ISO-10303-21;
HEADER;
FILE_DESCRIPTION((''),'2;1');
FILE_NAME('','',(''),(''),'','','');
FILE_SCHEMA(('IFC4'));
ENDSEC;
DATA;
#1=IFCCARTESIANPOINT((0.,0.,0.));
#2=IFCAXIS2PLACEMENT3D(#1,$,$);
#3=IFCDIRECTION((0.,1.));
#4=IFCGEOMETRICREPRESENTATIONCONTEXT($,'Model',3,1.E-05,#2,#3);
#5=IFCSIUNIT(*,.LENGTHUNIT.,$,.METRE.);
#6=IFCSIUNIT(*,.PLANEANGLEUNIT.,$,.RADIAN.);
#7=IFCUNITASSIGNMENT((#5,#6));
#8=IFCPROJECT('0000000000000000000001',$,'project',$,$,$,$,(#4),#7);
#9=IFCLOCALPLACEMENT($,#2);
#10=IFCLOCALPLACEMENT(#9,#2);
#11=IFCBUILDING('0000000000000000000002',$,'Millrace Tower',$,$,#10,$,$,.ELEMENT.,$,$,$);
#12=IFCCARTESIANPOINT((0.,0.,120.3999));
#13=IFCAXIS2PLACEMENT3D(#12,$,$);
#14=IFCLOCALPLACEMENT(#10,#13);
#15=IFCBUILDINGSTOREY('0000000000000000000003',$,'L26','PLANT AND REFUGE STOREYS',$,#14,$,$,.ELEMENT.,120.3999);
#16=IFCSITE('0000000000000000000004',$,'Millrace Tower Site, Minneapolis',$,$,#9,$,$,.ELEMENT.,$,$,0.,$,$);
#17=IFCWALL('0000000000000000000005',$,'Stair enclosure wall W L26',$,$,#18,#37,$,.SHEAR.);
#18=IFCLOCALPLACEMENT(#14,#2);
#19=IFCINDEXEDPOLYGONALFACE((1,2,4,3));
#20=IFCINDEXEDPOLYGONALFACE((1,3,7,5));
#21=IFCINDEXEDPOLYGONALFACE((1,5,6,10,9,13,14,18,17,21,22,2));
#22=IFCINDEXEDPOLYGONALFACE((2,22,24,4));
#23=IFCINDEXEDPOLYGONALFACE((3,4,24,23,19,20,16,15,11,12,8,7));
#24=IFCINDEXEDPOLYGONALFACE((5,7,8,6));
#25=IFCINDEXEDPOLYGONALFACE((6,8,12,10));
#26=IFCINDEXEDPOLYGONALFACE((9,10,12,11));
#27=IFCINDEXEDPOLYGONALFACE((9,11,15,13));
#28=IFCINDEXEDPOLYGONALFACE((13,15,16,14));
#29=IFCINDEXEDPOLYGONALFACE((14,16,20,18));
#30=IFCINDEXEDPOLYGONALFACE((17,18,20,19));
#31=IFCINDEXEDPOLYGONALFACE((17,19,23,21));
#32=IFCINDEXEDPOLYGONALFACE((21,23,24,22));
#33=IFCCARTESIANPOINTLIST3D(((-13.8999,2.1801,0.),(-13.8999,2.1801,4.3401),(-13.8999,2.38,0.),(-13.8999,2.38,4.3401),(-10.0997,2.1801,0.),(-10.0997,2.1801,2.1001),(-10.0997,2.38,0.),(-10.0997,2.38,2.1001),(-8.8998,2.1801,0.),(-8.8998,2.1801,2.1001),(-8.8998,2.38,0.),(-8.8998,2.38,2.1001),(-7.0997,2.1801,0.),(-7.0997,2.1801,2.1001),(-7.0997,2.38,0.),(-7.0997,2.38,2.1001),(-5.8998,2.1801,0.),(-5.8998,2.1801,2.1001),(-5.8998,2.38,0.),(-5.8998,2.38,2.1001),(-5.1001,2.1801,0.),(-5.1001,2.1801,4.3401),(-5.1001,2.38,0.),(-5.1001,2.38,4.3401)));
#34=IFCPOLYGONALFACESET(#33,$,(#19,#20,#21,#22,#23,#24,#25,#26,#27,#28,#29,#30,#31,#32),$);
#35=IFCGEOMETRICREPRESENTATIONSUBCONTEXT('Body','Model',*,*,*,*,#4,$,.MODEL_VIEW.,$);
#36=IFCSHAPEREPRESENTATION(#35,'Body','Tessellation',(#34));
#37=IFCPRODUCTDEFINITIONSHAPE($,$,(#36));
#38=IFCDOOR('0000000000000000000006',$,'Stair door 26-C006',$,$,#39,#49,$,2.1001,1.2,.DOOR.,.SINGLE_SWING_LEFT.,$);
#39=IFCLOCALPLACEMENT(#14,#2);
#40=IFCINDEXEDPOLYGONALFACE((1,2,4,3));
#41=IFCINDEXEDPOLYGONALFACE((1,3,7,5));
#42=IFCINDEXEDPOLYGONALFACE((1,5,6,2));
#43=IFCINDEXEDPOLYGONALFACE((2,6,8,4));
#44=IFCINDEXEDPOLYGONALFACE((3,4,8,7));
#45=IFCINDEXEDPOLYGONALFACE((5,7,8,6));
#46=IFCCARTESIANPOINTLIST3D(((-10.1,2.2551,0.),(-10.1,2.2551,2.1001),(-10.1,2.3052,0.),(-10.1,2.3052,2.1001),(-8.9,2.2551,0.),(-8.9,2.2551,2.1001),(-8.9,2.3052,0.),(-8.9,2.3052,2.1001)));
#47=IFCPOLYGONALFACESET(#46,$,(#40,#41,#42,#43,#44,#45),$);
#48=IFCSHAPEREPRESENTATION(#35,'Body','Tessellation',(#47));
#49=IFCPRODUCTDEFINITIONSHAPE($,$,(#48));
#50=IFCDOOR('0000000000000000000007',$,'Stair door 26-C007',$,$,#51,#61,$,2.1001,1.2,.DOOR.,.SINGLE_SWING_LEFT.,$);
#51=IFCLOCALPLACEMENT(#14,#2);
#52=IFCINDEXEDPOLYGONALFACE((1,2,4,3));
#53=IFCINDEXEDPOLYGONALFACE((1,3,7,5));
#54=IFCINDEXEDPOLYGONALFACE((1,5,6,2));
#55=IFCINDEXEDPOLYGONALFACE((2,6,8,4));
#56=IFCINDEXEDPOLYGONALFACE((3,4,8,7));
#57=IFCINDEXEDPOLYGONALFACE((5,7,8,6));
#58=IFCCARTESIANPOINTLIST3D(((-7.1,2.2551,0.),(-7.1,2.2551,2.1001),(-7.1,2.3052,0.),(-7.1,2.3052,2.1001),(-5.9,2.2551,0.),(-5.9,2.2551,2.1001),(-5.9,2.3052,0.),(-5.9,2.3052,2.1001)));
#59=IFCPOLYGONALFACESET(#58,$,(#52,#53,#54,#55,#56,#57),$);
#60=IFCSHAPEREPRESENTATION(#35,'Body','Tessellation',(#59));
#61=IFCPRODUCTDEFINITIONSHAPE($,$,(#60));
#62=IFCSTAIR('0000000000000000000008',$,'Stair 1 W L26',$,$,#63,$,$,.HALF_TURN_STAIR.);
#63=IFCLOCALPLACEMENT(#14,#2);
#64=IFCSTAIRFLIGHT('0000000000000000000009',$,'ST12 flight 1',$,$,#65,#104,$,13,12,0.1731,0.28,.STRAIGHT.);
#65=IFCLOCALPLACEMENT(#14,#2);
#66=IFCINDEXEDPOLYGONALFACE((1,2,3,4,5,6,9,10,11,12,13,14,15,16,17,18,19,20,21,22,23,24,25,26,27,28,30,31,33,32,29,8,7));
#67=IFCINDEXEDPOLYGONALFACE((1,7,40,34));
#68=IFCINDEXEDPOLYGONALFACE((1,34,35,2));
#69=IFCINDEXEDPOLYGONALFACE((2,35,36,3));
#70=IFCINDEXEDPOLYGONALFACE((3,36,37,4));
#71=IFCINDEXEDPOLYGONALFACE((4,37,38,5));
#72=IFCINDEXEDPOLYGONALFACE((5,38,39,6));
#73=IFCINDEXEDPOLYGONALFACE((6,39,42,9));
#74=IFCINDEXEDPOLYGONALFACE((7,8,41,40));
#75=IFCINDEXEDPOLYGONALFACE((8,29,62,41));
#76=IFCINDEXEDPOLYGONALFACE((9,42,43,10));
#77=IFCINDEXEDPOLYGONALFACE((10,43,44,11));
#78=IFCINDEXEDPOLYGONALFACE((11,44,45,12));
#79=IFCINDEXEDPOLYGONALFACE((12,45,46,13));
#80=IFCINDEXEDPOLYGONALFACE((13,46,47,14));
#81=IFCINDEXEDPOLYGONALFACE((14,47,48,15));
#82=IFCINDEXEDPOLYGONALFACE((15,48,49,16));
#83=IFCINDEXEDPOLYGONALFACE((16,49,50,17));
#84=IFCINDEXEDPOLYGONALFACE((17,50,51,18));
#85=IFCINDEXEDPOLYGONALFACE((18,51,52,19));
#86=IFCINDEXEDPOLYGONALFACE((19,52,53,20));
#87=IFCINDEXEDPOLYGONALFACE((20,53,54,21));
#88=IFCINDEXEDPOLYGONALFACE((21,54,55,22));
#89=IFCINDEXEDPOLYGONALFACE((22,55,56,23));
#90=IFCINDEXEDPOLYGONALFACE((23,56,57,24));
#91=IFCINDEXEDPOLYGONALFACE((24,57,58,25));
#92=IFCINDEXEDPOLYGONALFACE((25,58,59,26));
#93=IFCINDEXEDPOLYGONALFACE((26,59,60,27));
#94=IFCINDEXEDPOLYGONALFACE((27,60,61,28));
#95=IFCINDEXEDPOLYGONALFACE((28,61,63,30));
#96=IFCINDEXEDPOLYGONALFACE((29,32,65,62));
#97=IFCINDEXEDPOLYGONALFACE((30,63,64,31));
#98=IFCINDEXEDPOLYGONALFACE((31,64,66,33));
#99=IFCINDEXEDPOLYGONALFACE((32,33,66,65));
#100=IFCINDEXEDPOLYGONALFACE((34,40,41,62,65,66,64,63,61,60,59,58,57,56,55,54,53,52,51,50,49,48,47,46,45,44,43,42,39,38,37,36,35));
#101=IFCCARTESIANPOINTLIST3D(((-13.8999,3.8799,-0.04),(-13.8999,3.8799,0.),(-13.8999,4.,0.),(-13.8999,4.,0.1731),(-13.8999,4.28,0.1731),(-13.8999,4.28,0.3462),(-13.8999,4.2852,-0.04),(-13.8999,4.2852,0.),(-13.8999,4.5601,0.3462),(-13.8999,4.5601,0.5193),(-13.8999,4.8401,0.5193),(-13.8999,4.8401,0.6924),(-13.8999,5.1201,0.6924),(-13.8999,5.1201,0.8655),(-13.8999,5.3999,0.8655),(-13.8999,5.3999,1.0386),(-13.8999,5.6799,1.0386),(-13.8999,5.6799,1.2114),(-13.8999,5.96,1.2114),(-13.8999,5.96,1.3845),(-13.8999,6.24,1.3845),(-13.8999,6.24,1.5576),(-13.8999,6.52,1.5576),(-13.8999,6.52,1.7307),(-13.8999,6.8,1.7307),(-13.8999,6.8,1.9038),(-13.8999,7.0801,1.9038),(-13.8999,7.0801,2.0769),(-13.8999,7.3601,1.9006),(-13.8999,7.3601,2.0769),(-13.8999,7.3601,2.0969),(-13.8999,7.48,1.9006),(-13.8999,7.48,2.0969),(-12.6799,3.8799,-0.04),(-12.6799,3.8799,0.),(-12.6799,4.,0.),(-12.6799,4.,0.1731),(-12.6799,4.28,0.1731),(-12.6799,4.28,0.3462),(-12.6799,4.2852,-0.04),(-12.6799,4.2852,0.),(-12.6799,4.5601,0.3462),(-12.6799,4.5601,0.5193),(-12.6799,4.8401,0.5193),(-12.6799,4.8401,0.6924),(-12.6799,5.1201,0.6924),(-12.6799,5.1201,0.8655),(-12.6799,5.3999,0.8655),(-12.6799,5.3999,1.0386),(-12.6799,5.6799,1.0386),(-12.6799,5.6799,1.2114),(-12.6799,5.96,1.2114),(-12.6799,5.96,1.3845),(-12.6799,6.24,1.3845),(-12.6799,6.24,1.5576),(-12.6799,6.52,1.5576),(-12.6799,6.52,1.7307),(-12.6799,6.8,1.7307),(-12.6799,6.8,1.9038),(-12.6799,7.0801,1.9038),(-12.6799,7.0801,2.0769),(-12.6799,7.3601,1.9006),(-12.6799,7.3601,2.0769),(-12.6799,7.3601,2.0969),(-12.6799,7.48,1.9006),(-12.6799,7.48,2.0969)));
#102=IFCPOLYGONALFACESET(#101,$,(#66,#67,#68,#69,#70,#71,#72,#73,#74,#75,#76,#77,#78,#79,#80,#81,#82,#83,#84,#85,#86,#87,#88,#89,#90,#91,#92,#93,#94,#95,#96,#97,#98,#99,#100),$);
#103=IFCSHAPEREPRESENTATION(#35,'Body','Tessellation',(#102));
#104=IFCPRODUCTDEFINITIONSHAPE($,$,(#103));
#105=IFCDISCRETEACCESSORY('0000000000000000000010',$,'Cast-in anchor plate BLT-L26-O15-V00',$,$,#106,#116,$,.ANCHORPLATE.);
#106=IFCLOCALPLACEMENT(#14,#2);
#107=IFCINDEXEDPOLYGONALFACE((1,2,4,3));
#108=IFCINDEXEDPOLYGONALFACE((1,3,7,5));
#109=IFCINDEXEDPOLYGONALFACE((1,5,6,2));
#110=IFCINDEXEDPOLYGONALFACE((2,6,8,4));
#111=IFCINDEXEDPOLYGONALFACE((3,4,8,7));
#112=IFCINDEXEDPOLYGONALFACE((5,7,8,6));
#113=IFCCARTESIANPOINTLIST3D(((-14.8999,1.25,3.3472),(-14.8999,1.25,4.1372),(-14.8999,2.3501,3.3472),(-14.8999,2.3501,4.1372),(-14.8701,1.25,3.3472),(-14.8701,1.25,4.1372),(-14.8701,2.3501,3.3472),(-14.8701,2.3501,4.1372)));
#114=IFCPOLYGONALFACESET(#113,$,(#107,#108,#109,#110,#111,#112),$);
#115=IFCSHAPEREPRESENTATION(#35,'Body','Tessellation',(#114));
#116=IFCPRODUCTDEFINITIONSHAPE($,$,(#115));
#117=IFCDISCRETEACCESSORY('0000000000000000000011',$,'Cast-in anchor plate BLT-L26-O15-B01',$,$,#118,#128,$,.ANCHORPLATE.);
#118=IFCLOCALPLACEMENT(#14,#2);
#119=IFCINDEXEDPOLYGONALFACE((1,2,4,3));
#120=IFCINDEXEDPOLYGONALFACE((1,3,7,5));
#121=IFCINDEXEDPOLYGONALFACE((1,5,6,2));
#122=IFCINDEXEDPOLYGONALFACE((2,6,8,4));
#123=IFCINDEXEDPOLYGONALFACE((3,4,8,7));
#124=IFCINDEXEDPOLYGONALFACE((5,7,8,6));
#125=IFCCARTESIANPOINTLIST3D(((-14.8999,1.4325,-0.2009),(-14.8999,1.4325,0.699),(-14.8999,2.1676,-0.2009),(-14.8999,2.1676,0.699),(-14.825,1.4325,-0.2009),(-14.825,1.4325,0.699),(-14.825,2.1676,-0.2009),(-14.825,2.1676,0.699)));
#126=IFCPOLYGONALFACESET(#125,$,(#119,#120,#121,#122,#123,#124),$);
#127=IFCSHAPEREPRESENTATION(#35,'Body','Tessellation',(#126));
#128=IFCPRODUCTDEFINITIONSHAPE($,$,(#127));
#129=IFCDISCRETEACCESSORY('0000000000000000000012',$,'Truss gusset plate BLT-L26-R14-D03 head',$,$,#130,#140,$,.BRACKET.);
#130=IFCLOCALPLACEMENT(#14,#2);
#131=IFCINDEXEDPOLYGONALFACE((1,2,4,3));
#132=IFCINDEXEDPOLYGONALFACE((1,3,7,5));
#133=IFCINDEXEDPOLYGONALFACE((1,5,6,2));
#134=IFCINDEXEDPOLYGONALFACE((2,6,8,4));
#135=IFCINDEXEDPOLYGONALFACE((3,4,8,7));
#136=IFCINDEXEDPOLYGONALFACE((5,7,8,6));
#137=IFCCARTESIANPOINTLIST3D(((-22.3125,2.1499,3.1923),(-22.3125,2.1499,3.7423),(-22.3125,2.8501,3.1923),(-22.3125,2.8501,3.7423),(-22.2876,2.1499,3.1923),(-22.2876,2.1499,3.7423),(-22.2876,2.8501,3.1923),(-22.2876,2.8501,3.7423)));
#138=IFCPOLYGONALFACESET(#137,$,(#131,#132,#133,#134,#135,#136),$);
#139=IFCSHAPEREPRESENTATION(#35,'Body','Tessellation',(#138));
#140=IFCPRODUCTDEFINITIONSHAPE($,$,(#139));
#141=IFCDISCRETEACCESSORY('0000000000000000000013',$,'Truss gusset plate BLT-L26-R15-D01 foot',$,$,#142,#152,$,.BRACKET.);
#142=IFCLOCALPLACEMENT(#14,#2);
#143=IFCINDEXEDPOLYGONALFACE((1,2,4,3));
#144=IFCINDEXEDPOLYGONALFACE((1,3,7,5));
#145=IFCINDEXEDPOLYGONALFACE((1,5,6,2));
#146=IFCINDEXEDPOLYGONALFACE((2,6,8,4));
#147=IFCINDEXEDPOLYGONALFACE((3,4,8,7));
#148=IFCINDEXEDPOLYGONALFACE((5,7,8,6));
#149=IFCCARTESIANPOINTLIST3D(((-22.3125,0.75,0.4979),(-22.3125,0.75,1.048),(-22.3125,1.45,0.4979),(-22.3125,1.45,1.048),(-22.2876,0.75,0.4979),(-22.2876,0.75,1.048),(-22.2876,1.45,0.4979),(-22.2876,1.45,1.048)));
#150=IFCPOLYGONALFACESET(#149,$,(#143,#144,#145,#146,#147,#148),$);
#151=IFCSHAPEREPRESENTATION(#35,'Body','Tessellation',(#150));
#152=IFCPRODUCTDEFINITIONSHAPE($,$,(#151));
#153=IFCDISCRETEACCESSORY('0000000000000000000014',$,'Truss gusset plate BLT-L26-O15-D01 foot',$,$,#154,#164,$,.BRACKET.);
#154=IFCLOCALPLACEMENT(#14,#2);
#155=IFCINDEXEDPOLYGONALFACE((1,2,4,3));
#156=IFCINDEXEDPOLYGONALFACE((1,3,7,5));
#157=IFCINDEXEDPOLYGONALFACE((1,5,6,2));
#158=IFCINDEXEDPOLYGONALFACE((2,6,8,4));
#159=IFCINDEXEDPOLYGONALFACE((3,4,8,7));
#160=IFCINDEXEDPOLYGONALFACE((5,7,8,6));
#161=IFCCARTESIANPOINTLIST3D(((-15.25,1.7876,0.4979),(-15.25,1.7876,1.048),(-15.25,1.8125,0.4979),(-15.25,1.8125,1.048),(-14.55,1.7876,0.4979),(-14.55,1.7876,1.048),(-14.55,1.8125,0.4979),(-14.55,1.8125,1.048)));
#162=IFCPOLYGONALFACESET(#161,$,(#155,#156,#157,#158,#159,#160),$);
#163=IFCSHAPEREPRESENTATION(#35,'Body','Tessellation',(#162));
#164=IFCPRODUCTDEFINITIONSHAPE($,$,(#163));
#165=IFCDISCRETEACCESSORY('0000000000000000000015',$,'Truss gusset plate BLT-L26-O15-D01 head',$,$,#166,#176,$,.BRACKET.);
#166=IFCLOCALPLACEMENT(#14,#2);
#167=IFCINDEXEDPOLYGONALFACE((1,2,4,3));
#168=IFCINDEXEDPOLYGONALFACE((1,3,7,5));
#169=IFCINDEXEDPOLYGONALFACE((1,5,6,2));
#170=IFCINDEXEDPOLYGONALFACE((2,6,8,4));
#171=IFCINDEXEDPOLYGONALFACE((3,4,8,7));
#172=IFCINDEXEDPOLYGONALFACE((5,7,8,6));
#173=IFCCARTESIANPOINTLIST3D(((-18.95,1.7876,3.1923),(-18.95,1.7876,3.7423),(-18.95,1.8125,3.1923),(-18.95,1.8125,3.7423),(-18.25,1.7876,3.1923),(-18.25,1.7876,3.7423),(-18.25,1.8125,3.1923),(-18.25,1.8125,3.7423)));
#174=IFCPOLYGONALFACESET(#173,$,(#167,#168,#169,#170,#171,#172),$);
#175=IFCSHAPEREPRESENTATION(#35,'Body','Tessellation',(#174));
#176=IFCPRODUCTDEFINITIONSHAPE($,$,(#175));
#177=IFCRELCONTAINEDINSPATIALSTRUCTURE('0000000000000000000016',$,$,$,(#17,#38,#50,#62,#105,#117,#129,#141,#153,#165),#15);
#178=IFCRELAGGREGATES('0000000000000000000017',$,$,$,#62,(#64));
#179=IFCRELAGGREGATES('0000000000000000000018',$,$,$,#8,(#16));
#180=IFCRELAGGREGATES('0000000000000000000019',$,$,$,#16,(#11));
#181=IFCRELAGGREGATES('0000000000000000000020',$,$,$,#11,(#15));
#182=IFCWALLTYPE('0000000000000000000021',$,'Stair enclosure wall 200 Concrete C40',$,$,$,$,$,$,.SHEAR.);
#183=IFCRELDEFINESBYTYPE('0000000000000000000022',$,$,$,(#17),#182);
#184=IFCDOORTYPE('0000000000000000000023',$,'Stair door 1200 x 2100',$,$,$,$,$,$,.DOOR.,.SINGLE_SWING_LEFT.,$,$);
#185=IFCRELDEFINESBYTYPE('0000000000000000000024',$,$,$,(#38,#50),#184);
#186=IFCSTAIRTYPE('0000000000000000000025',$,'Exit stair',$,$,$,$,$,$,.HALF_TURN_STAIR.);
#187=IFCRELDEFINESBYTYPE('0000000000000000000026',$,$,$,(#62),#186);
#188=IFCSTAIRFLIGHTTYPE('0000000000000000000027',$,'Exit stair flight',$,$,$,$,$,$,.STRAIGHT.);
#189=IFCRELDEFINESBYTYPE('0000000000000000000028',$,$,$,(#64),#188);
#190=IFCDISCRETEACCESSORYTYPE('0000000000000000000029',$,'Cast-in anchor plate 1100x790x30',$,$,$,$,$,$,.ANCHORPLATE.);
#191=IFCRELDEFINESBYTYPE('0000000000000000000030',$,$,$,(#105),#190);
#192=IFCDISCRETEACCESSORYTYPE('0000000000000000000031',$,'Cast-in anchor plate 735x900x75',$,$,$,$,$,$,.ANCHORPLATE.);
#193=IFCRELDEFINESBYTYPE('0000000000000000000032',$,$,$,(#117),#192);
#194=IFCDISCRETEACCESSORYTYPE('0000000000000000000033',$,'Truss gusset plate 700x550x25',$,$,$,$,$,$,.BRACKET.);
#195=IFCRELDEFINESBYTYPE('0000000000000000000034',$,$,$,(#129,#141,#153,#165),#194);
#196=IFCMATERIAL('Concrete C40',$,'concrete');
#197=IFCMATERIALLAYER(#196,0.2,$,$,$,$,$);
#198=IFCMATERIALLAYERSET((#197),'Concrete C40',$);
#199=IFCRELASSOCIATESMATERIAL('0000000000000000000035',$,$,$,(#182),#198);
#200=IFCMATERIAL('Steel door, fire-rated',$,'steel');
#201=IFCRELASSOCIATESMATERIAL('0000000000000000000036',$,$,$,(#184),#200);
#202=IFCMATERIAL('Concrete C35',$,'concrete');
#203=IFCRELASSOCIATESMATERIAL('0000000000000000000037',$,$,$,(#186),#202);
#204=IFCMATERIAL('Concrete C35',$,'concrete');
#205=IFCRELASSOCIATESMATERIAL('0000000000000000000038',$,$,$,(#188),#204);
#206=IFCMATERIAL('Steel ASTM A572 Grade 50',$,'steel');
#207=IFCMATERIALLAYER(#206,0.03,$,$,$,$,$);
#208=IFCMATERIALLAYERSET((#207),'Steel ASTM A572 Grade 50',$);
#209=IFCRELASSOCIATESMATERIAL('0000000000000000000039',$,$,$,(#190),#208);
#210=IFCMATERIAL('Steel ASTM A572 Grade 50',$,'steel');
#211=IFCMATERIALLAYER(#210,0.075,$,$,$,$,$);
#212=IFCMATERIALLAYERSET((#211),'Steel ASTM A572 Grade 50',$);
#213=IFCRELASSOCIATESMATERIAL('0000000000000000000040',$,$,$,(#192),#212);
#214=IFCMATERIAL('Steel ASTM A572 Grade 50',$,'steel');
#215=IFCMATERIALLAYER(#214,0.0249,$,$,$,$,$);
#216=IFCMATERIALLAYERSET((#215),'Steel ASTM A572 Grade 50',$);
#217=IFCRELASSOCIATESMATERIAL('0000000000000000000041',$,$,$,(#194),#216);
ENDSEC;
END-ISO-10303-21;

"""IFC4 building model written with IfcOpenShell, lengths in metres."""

from ifc_helpers import new_model, si_unit, direction, frame, frame_2d, origin, origin_2d, place, context, subcontext, project, spatial, polyline, rectangle, outline, extrude, material, layer, layer_set, type_object, element, fill, aggregate, save


model = new_model("IFC4")

# Units and contexts
model_context = context("Model", 3, precision=1e-05, world=origin(), true_north=direction((0.0, 1.0)))
body_context = subcontext(model_context, "Body", "Model", "MODEL_VIEW")
ifc_project = project(units=[si_unit("LENGTHUNIT", "METRE"), si_unit("PLANEANGLEUNIT", "RADIAN")], contexts=[model_context])

# Site, building, storey
site_placement = place(None, origin())
site = spatial("IfcSite", under=ifc_project, at=site_placement, Name="Millrace Tower Site, Minneapolis", CompositionType="ELEMENT", RefElevation=0.0)
building_placement = place(site_placement, origin())
building = spatial("IfcBuilding", under=site, at=building_placement, Name="Millrace Tower", CompositionType="ELEMENT")
storey_placement = place(building_placement, frame((0.0, 0.0, 120.3999)))
storey = spatial("IfcBuildingStorey", under=building, at=storey_placement, Name="L26", Description="PLANT AND REFUGE STOREYS", CompositionType="ELEMENT", Elevation=120.3999)

# Shared definitions
placement = place(storey_placement, origin())

# Shared definitions
ifc_material_1 = material(Name="Concrete C40", Category="concrete")
ifc_layer_1 = layer(ifc_material_1, 0.2)
ifc_layer_set_1 = layer_set([ifc_layer_1], Name="Concrete C40")
wall_type_1 = type_object("IfcWallType", Name="Stair enclosure wall 200 Concrete C40", PredefinedType="SHEAR", material=ifc_layer_set_1)

# Wall, openings, doors
wall_1_placement = place(storey_placement, frame((-13.8999, 2.28, 0.0), z_axis=(0.0, 0.0, 1.0), x_axis=(1.0, 0.0, 0.0)))
wall_1 = element("IfcWall", 1, at=wall_1_placement, inside=storey, type_object=wall_type_1, Name="Stair enclosure wall W L26", PredefinedType="SHEAR", context=body_context, shape_type="SweptSolid", body=[
    extrude(rectangle(XDim=8.7998, YDim=0.2, at=frame_2d((4.3999, 0.0))), origin(), (0.0, 0.0, 1.0), 4.3401),
])
opening_1_placement = place(wall_1_placement, frame((3.8, 0.0, 0.0)))
opening_1 = element("IfcOpeningElement", 2, at=opening_1_placement, cuts=wall_1, PredefinedType="OPENING", context=body_context, shape_type="SweptSolid", body=[
    extrude(rectangle(XDim=1.2, YDim=2.1001, at=frame_2d((0.6001, 1.05))), frame((0.0, 0.1099, 0.0), z_axis=(0.0, -1.0, 0.0), x_axis=(1.0, 0.0, 0.0)), (0.0, 0.0, 1.0), 0.22),
])
opening_2_placement = place(wall_1_placement, frame((6.8, 0.0, 0.0)))
opening_2 = element("IfcOpeningElement", 3, at=opening_2_placement, cuts=wall_1, PredefinedType="OPENING", context=body_context, shape_type="SweptSolid", body=[
    extrude(rectangle(XDim=1.2, YDim=2.1001, at=frame_2d((0.6001, 1.05))), frame((0.0, 0.1099, 0.0), z_axis=(0.0, -1.0, 0.0), x_axis=(1.0, 0.0, 0.0)), (0.0, 0.0, 1.0), 0.22),
])
ifc_material_2 = material(Name="Steel door, fire-rated", Category="steel")
door_type_1 = type_object("IfcDoorType", Name="Stair door 1200 x 2100", OperationType="SINGLE_SWING_LEFT", PredefinedType="DOOR", material=ifc_material_2)
door_1_placement = place(opening_1_placement, frame((1.2, 0.0, 0.0), z_axis=(0.0, 0.0, 1.0), x_axis=(-1.0, 0.0, 0.0)))
door_1 = element("IfcDoor", 4, at=door_1_placement, inside=storey, type_object=door_type_1, Name="Stair door 26-C006", OperationType="SINGLE_SWING_LEFT", OverallHeight=2.1001, OverallWidth=1.2, PredefinedType="DOOR", context=body_context, shape_type="SweptSolid", body=[
    extrude(rectangle(XDim=1.2, YDim=2.1001, at=frame_2d((0.6001, 1.05))), frame((0.0, 0.0249, 0.0), z_axis=(0.0, -1.0, 0.0), x_axis=(1.0, 0.0, 0.0)), (0.0, 0.0, 1.0), 0.05),
])
fill(opening_1, door_1)
door_2_placement = place(opening_2_placement, frame((1.2, 0.0, 0.0), z_axis=(0.0, 0.0, 1.0), x_axis=(-1.0, 0.0, 0.0)))
door_2 = element("IfcDoor", 5, at=door_2_placement, inside=storey, type_object=door_type_1, Name="Stair door 26-C007", OperationType="SINGLE_SWING_LEFT", OverallHeight=2.1001, OverallWidth=1.2, PredefinedType="DOOR", context=body_context, shape_type="SweptSolid", body=[
    extrude(rectangle(XDim=1.2, YDim=2.1001, at=frame_2d((0.6001, 1.05))), frame((0.0, 0.0249, 0.0), z_axis=(0.0, -1.0, 0.0), x_axis=(1.0, 0.0, 0.0)), (0.0, 0.0, 1.0), 0.05),
])
fill(opening_2, door_2)

# Stair, stair flight
ifc_material_3 = material(Name="Concrete C35", Category="concrete")
stair_type = type_object("IfcStairType", Name="Exit stair", PredefinedType="HALF_TURN_STAIR", material=ifc_material_3)
stair = element("IfcStair", 6, at=placement, inside=storey, type_object=stair_type, Name="Stair 1 W L26", PredefinedType="HALF_TURN_STAIR")
ifc_material_4 = material(Name="Concrete C35", Category="concrete")
stair_flight_type = type_object("IfcStairFlightType", Name="Exit stair flight", PredefinedType="STRAIGHT", material=ifc_material_4)
stair_flight_placement = place(storey_placement, frame((-13.29, 4.0, 0.0), z_axis=(0.0, 0.0, 1.0), x_axis=(0.0, 1.0, 0.0)))
stair_flight = element("IfcStairFlight", 7, at=stair_flight_placement, type_object=stair_flight_type, Name="ST12 flight 1", NumberOfRisers=13, NumberOfTreads=12, PredefinedType="STRAIGHT", RiserHeight=0.1731, TreadLength=0.28, context=body_context, shape_type="SweptSolid", body=[
    extrude(outline(polyline([(-0.1201, -0.04), (-0.1201, 0.0), (0.0, 0.0), (0.0, 0.1731), (0.28, 0.1731), (0.28, 0.3462), (0.5601, 0.3462), (0.5601, 0.5193), (0.8401, 0.5193), (0.8401, 0.6924), (1.1201, 0.6924), (1.1201, 0.8655), (1.3999, 0.8655), (1.3999, 1.0386), (1.6799, 1.0386), (1.6799, 1.2114), (1.96, 1.2114), (1.96, 1.3845), (2.24, 1.3845), (2.24, 1.5576), (2.52, 1.5576), (2.52, 1.7307), (2.8, 1.7307), (2.8, 1.9038), (3.0801, 1.9038), (3.0801, 2.0769), (3.3601, 2.0769), (3.3601, 2.0969), (3.48, 2.0969), (3.48, 1.9006), (3.3601, 1.9006), (0.2852, 0.0), (0.2852, -0.04), (-0.1201, -0.04)])), frame((0.0, 0.6099, 0.0), z_axis=(0.0, -1.0, 0.0), x_axis=(1.0, 0.0, 0.0)), (0.0, 0.0, 1.0), 1.22),
])
aggregate(stair, [stair_flight])

# Discrete accessories
ifc_material_5 = material(Name="Steel ASTM A572 Grade 50", Category="steel")
ifc_layer_2 = layer(ifc_material_5, 0.03)
ifc_layer_set_2 = layer_set([ifc_layer_2], Name="Steel ASTM A572 Grade 50")
discrete_accessory_type_1 = type_object("IfcDiscreteAccessoryType", Name="Cast-in anchor plate 1100x790x30", PredefinedType="ANCHORPLATE", material=ifc_layer_set_2)
discrete_accessory_1_placement = place(storey_placement, frame((-14.8701, 1.8, 3.7422), z_axis=(-1.0, 0.0, 0.0), x_axis=(0.0, -1.0, 0.0)))
element("IfcDiscreteAccessory", 8, at=discrete_accessory_1_placement, inside=storey, type_object=discrete_accessory_type_1, Name="Cast-in anchor plate BLT-L26-O15-V00", PredefinedType="ANCHORPLATE", context=body_context, shape_type="SweptSolid", body=[
    extrude(rectangle(XDim=1.1001, YDim=0.79, at=origin_2d()), origin(), (0.0, 0.0, 1.0), 0.0298),
])
ifc_material_6 = material(Name="Steel ASTM A572 Grade 50", Category="steel")
ifc_layer_3 = layer(ifc_material_6, 0.075)
ifc_layer_set_3 = layer_set([ifc_layer_3], Name="Steel ASTM A572 Grade 50")
discrete_accessory_type_2 = type_object("IfcDiscreteAccessoryType", Name="Cast-in anchor plate 735x900x75", PredefinedType="ANCHORPLATE", material=ifc_layer_set_3)
discrete_accessory_2_placement = place(storey_placement, frame((-14.825, 1.8, 0.249), z_axis=(-1.0, 0.0, 0.0), x_axis=(0.0, -1.0, 0.0)))
element("IfcDiscreteAccessory", 9, at=discrete_accessory_2_placement, inside=storey, type_object=discrete_accessory_type_2, Name="Cast-in anchor plate BLT-L26-O15-B01", PredefinedType="ANCHORPLATE", context=body_context, shape_type="SweptSolid", body=[
    extrude(rectangle(XDim=0.7351, YDim=0.8999, at=origin_2d()), origin(), (0.0, 0.0, 1.0), 0.075),
])
ifc_material_7 = material(Name="Steel ASTM A572 Grade 50", Category="steel")
ifc_layer_4 = layer(ifc_material_7, 0.0249)
ifc_layer_set_4 = layer_set([ifc_layer_4], Name="Steel ASTM A572 Grade 50")
discrete_accessory_type_3 = type_object("IfcDiscreteAccessoryType", Name="Truss gusset plate 700x550x25", PredefinedType="BRACKET", material=ifc_layer_set_4)
discrete_accessory_3_placement = place(storey_placement, frame((-22.3, 2.1499, 3.4673), z_axis=(0.0, 1.0, 0.0), x_axis=(-1.0, 0.0, 0.0)))
element("IfcDiscreteAccessory", 10, at=discrete_accessory_3_placement, inside=storey, type_object=discrete_accessory_type_3, Name="Truss gusset plate BLT-L26-R14-D03 head", PredefinedType="BRACKET", context=body_context, shape_type="SweptSolid", body=[
    extrude(rectangle(XDim=0.0249, YDim=0.55, at=origin_2d()), origin(), (0.0, 0.0, 1.0), 0.7002),
])
for number, where, z_axis, x_axis, name in (
    (11, (-22.3, 0.75, 0.7729), (0.0, 1.0, 0.0), (-1.0, 0.0, 0.0), "Truss gusset plate BLT-L26-R15-D01 foot"),
    (12, (-15.25, 1.8, 0.7729), (1.0, 0.0, 0.0), (0.0, 1.0, 0.0), "Truss gusset plate BLT-L26-O15-D01 foot"),
    (13, (-18.95, 1.8, 3.4673), (1.0, 0.0, 0.0), (0.0, 1.0, 0.0), "Truss gusset plate BLT-L26-O15-D01 head"),
):
    element("IfcDiscreteAccessory", number, at=place(storey_placement, frame(where, z_axis=z_axis, x_axis=x_axis)), inside=storey, type_object=discrete_accessory_type_3, Name=name, PredefinedType="BRACKET", context=body_context, shape_type="SweptSolid", body=[
        extrude(rectangle(XDim=0.0249, YDim=0.55, at=origin_2d()), origin(), (0.0, 0.0, 1.0), 0.7),
    ])

save(model, "model.ifc")
